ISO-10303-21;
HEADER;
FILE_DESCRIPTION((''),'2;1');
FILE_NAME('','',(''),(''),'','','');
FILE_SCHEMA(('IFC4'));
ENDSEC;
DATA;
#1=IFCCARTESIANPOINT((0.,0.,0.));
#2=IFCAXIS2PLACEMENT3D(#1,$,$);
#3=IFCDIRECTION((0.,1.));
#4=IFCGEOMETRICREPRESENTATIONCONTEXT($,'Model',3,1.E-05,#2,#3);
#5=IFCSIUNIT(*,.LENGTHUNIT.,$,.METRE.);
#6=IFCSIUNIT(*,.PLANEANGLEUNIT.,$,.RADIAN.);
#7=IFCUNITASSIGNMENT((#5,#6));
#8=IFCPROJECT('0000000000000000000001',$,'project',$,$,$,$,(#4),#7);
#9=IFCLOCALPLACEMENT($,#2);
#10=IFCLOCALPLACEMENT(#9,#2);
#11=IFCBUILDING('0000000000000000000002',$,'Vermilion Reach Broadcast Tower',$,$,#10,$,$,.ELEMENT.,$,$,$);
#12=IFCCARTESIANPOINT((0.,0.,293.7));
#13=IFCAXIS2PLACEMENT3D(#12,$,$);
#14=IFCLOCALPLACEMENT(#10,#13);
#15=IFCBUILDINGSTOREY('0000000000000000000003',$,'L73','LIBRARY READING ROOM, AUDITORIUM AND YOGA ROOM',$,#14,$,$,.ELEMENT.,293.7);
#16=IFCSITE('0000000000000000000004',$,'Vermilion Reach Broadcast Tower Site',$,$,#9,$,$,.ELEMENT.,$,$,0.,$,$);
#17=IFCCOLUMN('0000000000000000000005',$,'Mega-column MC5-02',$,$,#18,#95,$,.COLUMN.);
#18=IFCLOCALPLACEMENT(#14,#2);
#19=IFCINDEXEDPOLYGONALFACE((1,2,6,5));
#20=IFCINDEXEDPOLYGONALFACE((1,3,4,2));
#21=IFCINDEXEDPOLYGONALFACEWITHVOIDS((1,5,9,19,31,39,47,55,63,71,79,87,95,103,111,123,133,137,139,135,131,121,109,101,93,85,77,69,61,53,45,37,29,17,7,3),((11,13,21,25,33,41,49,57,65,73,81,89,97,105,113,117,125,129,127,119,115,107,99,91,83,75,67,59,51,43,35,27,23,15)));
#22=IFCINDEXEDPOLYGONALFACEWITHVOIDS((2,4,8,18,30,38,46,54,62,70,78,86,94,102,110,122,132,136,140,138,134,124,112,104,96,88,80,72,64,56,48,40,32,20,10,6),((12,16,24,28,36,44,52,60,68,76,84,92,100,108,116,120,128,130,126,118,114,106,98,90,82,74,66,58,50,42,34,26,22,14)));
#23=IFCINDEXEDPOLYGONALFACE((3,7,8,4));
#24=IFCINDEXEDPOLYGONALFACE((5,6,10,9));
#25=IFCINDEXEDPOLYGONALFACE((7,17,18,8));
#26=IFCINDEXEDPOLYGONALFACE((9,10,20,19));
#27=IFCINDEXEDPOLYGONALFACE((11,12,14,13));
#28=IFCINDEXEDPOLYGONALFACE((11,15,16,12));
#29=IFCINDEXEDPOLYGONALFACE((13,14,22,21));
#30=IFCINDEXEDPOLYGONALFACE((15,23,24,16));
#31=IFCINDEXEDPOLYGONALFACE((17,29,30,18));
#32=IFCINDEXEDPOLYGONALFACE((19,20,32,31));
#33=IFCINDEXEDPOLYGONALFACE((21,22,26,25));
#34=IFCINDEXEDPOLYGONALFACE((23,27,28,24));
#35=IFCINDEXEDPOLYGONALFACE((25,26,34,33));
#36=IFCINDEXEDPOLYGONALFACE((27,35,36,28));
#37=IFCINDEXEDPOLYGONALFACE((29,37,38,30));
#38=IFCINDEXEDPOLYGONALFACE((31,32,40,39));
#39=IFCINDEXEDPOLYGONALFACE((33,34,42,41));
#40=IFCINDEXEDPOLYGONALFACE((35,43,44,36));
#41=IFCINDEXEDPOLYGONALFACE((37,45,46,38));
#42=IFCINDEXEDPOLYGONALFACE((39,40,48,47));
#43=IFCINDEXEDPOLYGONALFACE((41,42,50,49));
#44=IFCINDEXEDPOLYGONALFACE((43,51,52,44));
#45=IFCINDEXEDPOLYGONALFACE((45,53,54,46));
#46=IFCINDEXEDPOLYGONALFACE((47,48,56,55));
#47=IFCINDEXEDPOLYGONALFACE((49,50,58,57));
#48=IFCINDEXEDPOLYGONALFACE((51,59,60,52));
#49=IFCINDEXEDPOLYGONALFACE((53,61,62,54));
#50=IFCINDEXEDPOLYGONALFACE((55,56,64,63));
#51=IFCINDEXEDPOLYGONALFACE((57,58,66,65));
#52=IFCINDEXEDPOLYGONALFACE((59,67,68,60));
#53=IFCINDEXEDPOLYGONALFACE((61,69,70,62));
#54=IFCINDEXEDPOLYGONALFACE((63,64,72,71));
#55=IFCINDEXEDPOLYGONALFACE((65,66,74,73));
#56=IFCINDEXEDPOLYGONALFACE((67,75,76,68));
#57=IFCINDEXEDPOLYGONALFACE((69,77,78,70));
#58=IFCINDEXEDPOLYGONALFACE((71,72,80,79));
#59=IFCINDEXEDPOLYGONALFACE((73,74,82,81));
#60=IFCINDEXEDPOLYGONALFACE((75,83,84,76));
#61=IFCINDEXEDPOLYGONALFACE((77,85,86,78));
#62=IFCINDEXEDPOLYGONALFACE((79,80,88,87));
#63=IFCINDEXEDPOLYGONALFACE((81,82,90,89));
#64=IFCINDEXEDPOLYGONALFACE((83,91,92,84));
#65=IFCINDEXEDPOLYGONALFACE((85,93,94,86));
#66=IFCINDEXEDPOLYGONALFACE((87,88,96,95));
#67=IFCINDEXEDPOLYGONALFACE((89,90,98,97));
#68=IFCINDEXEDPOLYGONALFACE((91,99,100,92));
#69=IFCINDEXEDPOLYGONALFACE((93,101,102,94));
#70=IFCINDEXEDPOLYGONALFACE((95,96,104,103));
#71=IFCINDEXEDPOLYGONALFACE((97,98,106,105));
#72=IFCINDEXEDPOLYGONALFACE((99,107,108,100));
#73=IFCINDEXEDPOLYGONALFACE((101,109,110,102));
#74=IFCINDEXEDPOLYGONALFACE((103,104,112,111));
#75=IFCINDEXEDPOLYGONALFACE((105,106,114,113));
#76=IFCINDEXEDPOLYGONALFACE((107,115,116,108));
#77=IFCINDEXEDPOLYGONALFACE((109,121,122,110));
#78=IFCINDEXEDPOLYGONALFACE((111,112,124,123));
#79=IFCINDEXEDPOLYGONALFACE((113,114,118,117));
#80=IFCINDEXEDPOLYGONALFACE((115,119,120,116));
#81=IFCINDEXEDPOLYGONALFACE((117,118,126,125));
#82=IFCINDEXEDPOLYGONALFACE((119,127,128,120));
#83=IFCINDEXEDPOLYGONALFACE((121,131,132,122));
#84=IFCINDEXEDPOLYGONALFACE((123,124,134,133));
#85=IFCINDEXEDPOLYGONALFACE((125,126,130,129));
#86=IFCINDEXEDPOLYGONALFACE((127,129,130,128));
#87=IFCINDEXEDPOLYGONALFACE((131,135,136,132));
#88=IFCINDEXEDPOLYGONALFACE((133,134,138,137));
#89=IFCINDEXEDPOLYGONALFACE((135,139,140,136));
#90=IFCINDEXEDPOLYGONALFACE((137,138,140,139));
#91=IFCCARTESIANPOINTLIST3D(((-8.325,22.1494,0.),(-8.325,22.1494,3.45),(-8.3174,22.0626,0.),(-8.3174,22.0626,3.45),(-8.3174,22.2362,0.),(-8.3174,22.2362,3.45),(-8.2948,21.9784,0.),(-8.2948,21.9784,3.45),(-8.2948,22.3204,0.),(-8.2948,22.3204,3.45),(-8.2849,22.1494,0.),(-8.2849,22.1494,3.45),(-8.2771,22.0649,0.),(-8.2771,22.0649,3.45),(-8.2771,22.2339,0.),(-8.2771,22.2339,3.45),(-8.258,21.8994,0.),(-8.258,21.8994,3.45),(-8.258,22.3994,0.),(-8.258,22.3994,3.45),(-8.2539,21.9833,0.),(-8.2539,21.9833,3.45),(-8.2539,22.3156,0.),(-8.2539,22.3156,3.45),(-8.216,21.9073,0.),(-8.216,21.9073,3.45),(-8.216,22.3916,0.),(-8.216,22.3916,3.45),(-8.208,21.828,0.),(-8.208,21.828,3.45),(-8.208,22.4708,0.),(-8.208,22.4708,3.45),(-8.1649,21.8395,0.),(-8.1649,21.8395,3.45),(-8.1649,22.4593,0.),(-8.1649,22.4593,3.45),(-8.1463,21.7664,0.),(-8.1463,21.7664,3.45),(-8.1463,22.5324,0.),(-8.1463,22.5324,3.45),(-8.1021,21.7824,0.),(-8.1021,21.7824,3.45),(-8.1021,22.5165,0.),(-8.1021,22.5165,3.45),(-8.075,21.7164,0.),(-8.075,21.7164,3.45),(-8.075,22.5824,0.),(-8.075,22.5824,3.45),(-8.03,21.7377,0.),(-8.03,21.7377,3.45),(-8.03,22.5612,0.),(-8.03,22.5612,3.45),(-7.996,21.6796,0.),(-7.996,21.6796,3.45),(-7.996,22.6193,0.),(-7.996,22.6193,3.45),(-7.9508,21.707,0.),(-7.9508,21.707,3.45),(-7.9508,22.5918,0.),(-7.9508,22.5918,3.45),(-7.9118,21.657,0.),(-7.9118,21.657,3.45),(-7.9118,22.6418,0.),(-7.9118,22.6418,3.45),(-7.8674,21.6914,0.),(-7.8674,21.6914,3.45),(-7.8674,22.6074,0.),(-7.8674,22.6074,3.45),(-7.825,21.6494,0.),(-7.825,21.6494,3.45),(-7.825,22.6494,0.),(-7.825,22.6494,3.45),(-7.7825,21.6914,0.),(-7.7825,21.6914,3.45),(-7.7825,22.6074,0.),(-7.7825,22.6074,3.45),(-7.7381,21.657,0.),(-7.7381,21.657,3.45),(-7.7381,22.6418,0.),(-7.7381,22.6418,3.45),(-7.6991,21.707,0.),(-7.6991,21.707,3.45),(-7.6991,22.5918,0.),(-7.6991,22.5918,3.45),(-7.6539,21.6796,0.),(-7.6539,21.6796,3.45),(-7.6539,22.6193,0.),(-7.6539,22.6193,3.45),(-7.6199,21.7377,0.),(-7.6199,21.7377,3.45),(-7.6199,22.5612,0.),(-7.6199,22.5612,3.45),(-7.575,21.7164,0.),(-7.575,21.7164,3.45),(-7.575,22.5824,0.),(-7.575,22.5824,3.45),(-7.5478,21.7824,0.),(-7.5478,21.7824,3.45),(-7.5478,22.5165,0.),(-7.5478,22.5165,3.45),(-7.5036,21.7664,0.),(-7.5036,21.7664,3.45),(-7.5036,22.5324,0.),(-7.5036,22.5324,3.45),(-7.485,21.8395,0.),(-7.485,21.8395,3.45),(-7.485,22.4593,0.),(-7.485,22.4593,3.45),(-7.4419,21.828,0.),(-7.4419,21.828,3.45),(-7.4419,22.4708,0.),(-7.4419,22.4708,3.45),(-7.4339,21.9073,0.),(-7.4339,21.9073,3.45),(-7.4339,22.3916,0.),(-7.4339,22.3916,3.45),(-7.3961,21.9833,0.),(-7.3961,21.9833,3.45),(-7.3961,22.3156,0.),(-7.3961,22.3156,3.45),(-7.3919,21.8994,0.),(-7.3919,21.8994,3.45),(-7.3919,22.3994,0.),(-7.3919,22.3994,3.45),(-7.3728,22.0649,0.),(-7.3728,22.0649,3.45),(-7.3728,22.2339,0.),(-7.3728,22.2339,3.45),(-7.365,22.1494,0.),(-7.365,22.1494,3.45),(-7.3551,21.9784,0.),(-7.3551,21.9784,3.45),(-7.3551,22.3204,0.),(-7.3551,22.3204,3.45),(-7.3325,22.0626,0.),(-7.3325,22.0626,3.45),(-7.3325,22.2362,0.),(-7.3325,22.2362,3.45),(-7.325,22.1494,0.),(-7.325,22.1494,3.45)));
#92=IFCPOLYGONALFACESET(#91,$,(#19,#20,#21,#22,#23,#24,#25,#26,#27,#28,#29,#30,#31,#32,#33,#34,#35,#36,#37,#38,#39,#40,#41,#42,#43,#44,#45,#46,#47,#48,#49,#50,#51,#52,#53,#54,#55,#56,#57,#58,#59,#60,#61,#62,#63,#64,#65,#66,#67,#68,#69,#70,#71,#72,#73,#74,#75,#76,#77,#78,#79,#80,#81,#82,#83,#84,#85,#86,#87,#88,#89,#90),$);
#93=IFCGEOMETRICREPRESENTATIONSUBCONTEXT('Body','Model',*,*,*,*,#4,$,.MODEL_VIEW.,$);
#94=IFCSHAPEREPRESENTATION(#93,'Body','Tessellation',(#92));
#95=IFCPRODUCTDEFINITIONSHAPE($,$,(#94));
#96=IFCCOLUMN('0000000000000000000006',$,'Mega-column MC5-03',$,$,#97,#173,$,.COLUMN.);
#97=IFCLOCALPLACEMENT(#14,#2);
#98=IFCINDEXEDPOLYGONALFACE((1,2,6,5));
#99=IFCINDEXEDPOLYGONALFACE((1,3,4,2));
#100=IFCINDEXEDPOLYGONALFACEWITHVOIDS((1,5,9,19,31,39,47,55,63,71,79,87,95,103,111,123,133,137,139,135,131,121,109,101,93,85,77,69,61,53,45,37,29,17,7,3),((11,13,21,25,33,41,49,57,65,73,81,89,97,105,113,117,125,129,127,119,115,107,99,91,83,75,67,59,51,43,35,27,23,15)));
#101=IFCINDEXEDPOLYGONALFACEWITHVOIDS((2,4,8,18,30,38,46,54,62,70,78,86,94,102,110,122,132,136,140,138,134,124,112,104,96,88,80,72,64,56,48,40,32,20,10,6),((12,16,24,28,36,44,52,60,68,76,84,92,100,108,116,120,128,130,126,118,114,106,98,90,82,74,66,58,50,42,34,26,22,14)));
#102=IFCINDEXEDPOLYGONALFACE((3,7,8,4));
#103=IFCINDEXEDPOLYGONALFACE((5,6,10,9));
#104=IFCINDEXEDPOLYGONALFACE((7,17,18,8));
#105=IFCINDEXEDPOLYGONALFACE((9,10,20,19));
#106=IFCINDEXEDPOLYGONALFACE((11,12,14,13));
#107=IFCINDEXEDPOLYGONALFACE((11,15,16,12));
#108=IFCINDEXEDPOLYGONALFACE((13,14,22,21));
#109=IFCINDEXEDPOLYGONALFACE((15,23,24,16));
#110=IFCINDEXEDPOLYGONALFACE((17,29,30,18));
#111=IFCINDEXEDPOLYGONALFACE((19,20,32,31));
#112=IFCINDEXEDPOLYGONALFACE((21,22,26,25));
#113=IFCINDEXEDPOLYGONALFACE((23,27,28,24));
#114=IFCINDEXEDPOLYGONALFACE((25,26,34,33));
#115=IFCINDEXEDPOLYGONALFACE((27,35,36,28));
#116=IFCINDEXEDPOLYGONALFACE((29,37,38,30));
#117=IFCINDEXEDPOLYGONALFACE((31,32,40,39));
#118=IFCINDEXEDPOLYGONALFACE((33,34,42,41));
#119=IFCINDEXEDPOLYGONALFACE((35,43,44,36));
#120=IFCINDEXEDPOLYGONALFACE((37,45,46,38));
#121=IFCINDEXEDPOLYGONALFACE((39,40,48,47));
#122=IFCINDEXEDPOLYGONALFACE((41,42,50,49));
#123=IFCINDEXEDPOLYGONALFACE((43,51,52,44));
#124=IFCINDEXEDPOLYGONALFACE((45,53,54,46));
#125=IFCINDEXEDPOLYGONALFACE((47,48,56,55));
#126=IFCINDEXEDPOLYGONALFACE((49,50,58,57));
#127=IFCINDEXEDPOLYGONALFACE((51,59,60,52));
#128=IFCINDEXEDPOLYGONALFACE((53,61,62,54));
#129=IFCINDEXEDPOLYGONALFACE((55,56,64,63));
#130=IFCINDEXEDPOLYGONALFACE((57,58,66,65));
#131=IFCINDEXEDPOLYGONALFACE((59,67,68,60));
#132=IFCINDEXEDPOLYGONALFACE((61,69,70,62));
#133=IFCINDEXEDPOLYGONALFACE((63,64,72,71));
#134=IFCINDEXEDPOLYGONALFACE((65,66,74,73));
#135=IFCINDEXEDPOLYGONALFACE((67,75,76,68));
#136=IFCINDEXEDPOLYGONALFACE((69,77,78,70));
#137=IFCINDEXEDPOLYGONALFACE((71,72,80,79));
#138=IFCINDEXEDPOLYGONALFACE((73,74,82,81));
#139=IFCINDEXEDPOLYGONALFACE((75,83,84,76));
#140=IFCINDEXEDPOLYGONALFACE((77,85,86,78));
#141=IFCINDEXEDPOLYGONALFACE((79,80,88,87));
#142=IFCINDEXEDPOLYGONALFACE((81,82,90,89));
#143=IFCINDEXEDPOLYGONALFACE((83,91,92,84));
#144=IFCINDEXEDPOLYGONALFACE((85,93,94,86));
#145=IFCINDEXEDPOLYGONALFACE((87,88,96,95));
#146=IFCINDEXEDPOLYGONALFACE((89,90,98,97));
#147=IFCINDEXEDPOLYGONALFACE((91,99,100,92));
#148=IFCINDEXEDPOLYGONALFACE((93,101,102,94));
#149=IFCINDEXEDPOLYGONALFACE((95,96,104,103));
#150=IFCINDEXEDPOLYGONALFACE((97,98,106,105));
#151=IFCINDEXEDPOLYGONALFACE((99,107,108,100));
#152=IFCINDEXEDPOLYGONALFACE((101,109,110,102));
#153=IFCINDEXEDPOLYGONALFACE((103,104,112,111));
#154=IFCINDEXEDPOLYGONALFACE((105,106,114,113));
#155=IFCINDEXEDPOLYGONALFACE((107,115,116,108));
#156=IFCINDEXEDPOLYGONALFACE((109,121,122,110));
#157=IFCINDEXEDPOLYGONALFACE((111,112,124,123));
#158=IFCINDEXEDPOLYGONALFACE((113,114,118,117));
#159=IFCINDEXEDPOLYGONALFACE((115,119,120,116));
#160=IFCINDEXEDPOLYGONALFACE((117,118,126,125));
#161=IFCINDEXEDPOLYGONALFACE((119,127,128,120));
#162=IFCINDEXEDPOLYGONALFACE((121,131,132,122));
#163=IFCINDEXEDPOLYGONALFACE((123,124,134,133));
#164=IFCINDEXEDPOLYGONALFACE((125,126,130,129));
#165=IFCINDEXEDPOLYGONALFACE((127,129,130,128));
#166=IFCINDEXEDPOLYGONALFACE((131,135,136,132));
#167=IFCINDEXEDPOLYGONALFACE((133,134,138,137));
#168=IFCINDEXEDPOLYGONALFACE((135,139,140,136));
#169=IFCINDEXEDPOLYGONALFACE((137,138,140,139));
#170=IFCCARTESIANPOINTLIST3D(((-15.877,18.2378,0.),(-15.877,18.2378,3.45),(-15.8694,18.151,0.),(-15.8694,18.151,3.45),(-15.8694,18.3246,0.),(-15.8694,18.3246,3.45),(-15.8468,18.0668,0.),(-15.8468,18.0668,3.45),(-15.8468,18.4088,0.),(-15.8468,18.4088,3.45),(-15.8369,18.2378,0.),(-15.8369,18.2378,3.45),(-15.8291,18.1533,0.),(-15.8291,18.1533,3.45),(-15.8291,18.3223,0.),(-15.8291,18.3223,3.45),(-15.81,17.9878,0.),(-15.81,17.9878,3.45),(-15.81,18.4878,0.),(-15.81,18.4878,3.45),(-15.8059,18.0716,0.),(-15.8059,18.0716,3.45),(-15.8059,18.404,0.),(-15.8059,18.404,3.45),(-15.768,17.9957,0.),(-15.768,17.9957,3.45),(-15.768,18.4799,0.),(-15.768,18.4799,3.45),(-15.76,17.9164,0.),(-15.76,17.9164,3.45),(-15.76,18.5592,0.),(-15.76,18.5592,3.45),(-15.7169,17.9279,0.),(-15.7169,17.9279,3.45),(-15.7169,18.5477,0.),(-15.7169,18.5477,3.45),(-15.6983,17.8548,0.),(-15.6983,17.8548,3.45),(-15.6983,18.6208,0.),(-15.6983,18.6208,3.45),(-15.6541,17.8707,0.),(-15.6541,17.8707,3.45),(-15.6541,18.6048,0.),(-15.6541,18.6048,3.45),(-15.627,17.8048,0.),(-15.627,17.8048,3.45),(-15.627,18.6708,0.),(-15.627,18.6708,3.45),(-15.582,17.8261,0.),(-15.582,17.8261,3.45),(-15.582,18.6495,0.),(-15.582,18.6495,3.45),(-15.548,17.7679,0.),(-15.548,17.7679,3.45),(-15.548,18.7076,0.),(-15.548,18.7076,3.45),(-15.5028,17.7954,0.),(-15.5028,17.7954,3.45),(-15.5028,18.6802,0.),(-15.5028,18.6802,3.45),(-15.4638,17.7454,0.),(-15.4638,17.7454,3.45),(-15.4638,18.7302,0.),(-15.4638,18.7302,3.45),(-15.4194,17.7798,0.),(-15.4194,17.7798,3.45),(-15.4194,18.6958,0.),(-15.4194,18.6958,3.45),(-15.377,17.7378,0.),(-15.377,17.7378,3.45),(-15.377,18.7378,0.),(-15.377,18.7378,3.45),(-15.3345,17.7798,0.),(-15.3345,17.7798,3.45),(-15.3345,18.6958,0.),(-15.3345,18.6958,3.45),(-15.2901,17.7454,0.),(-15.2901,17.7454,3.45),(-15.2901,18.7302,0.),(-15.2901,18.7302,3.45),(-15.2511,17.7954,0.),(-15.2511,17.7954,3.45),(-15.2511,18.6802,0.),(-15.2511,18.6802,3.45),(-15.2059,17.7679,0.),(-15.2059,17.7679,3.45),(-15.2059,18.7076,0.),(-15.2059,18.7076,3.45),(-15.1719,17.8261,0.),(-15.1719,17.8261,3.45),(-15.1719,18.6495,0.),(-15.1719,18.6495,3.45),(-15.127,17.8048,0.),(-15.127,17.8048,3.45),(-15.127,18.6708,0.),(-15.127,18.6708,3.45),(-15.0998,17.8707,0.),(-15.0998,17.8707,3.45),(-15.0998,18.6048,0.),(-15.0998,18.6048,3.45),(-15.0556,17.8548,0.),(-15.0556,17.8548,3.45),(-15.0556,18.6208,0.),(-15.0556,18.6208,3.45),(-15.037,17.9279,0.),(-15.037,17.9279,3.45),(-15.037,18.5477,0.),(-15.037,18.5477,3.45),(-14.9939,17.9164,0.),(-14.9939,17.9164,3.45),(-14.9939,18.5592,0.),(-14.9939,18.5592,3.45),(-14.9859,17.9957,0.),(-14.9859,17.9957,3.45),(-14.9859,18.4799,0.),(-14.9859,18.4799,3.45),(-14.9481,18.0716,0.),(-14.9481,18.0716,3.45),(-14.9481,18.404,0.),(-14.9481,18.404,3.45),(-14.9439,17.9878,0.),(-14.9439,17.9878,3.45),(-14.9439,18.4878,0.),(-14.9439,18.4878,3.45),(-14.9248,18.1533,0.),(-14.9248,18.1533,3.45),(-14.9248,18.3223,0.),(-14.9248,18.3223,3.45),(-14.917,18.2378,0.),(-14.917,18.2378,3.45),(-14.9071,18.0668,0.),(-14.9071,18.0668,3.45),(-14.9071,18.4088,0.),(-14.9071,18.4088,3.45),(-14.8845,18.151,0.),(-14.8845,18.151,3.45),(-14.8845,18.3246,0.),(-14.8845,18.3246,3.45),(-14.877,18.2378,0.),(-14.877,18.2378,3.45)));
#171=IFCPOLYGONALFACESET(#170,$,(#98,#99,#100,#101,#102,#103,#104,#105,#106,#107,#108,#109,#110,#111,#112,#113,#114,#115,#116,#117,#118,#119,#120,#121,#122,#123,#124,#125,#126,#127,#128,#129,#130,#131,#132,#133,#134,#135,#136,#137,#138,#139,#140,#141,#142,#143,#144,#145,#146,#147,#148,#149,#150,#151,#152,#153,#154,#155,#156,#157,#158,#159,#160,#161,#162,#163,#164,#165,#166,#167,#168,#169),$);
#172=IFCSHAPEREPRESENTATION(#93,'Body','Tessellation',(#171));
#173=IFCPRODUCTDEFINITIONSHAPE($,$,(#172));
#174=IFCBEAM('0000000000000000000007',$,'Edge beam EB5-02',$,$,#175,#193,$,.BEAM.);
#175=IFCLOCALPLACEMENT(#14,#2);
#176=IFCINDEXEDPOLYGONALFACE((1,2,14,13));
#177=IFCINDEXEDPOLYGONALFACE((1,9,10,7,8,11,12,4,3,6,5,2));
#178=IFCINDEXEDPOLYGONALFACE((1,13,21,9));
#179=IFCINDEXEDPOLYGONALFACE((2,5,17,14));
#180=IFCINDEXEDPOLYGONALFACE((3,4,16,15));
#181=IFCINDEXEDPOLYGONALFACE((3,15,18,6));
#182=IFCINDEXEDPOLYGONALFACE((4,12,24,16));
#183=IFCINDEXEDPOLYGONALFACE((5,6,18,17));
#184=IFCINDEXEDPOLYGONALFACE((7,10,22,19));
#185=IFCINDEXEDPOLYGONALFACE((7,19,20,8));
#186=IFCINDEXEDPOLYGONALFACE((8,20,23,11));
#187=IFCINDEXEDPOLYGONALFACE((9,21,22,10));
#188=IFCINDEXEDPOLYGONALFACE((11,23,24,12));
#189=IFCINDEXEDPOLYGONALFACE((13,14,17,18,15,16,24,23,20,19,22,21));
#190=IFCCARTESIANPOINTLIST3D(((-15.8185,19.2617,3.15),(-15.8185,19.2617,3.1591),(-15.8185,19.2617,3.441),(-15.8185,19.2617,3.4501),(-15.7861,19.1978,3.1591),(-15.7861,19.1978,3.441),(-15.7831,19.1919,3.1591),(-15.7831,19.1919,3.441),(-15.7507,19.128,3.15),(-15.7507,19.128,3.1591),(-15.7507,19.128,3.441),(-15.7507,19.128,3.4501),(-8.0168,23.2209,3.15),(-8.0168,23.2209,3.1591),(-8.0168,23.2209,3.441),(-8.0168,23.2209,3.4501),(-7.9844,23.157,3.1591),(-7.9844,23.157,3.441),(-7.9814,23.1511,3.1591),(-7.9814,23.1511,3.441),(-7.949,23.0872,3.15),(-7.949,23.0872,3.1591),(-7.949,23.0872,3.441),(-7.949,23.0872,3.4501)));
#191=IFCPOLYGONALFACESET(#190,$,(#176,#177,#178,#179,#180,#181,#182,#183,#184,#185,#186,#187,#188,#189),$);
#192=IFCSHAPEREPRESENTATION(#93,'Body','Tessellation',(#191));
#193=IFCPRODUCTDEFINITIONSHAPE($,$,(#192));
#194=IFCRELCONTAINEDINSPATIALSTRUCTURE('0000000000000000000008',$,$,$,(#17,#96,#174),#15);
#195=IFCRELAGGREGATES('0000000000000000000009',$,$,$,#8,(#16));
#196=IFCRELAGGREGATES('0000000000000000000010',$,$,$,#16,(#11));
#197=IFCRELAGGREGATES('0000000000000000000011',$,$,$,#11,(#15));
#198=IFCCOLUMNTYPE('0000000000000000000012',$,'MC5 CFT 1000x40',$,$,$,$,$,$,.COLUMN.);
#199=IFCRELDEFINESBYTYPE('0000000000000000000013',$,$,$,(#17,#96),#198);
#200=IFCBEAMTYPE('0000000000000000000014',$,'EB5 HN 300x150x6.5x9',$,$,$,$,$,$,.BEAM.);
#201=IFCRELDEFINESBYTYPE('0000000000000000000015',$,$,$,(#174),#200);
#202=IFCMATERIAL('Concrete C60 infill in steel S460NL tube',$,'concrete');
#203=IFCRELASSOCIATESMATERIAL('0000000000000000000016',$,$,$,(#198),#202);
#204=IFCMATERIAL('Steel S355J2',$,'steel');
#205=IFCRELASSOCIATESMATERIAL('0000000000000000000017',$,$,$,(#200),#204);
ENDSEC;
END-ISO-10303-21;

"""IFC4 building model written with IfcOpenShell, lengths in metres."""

from ifc_helpers import new_model, si_unit, direction, frame, origin, origin_2d, place, context, subcontext, project, spatial, hollow_circle, i_section, extrude, material, material_profile, profile_set, type_object, element, save


model = new_model("IFC4")

# Units and contexts
model_context = context("Model", 3, precision=1e-05, world=origin(), true_north=direction((0.0, 1.0)))
body_context = subcontext(model_context, "Body", "Model", "MODEL_VIEW")
ifc_project = project(units=[si_unit("LENGTHUNIT", "METRE"), si_unit("PLANEANGLEUNIT", "RADIAN")], contexts=[model_context])

# Site, building, storey
site_placement = place(None, origin())
site = spatial("IfcSite", under=ifc_project, at=site_placement, Name="Vermilion Reach Broadcast Tower Site", CompositionType="ELEMENT", RefElevation=0.0)
building_placement = place(site_placement, origin())
building = spatial("IfcBuilding", under=site, at=building_placement, Name="Vermilion Reach Broadcast Tower", CompositionType="ELEMENT")
storey_placement = place(building_placement, frame((0.0, 0.0, 293.7)))
storey = spatial("IfcBuildingStorey", under=building, at=storey_placement, Name="L73", Description="LIBRARY READING ROOM, AUDITORIUM AND YOGA ROOM", CompositionType="ELEMENT", Elevation=293.7)

# Columns
ifc_material_1 = material(Name="Concrete C60 infill in steel S460NL tube", Category="concrete")
ifc_material_profile_1 = material_profile(ifc_material_1, hollow_circle(Radius=0.5, WallThickness=0.04, at=origin_2d()), Name="Concrete C60 infill in steel S460NL tube CFT 1000x40")
ifc_profile_set_1 = profile_set([ifc_material_profile_1], Name="Concrete C60 infill in steel S460NL tube")
column_type = type_object("IfcColumnType", Name="MC5 CFT 1000x40", PredefinedType="COLUMN", material=ifc_profile_set_1)
for number, where, z_axis, x_axis, name in (
    (1, (-7.825, 22.1494, 0.0), (0.0, 0.0, 1.0), (1.0, 0.0, 0.0), "Mega-column MC5-02"),
    (2, (-15.377, 18.2378, 0.0), (0.0, 0.0, 1.0), (1.0, 0.0, 0.0), "Mega-column MC5-03"),
):
    element("IfcColumn", number, at=place(storey_placement, frame(where, z_axis=z_axis, x_axis=x_axis)), inside=storey, type_object=column_type, Name=name, PredefinedType="COLUMN", context=body_context, shape_type="SweptSolid", body=[
        extrude(hollow_circle(Radius=0.5, WallThickness=0.04, at=origin_2d()), origin(), (0.0, 0.0, 1.0), 3.45),
    ])

# Beam
ifc_material_2 = material(Name="Steel S355J2", Category="steel")
ifc_material_profile_2 = material_profile(ifc_material_2, i_section(OverallWidth=0.1499, OverallDepth=0.3, WebThickness=0.0066, FlangeThickness=0.009, at=origin_2d()), Name="S355J2 HN 300x150x6.5x9")
ifc_profile_set_2 = profile_set([ifc_material_profile_2], Name="Steel S355J2")
beam_type_1 = type_object("IfcBeamType", Name="EB5 HN 300x150x6.5x9", PredefinedType="BEAM", material=ifc_profile_set_2)
beam_1_placement = place(storey_placement, frame((-7.9829, 23.1541, 3.3), z_axis=(-0.891744, -0.452541, 0.0), x_axis=(0.452541, -0.891744, 0.0)))
element("IfcBeam", 3, at=beam_1_placement, inside=storey, type_object=beam_type_1, Name="Edge beam EB5-02", PredefinedType="BEAM", context=body_context, shape_type="SweptSolid", body=[
    extrude(i_section(OverallWidth=0.1499, OverallDepth=0.3, WebThickness=0.0066, FlangeThickness=0.009, at=origin_2d()), origin(), (0.0, 0.0, 1.0), 8.7488),
])

save(model, "model.ifc")
